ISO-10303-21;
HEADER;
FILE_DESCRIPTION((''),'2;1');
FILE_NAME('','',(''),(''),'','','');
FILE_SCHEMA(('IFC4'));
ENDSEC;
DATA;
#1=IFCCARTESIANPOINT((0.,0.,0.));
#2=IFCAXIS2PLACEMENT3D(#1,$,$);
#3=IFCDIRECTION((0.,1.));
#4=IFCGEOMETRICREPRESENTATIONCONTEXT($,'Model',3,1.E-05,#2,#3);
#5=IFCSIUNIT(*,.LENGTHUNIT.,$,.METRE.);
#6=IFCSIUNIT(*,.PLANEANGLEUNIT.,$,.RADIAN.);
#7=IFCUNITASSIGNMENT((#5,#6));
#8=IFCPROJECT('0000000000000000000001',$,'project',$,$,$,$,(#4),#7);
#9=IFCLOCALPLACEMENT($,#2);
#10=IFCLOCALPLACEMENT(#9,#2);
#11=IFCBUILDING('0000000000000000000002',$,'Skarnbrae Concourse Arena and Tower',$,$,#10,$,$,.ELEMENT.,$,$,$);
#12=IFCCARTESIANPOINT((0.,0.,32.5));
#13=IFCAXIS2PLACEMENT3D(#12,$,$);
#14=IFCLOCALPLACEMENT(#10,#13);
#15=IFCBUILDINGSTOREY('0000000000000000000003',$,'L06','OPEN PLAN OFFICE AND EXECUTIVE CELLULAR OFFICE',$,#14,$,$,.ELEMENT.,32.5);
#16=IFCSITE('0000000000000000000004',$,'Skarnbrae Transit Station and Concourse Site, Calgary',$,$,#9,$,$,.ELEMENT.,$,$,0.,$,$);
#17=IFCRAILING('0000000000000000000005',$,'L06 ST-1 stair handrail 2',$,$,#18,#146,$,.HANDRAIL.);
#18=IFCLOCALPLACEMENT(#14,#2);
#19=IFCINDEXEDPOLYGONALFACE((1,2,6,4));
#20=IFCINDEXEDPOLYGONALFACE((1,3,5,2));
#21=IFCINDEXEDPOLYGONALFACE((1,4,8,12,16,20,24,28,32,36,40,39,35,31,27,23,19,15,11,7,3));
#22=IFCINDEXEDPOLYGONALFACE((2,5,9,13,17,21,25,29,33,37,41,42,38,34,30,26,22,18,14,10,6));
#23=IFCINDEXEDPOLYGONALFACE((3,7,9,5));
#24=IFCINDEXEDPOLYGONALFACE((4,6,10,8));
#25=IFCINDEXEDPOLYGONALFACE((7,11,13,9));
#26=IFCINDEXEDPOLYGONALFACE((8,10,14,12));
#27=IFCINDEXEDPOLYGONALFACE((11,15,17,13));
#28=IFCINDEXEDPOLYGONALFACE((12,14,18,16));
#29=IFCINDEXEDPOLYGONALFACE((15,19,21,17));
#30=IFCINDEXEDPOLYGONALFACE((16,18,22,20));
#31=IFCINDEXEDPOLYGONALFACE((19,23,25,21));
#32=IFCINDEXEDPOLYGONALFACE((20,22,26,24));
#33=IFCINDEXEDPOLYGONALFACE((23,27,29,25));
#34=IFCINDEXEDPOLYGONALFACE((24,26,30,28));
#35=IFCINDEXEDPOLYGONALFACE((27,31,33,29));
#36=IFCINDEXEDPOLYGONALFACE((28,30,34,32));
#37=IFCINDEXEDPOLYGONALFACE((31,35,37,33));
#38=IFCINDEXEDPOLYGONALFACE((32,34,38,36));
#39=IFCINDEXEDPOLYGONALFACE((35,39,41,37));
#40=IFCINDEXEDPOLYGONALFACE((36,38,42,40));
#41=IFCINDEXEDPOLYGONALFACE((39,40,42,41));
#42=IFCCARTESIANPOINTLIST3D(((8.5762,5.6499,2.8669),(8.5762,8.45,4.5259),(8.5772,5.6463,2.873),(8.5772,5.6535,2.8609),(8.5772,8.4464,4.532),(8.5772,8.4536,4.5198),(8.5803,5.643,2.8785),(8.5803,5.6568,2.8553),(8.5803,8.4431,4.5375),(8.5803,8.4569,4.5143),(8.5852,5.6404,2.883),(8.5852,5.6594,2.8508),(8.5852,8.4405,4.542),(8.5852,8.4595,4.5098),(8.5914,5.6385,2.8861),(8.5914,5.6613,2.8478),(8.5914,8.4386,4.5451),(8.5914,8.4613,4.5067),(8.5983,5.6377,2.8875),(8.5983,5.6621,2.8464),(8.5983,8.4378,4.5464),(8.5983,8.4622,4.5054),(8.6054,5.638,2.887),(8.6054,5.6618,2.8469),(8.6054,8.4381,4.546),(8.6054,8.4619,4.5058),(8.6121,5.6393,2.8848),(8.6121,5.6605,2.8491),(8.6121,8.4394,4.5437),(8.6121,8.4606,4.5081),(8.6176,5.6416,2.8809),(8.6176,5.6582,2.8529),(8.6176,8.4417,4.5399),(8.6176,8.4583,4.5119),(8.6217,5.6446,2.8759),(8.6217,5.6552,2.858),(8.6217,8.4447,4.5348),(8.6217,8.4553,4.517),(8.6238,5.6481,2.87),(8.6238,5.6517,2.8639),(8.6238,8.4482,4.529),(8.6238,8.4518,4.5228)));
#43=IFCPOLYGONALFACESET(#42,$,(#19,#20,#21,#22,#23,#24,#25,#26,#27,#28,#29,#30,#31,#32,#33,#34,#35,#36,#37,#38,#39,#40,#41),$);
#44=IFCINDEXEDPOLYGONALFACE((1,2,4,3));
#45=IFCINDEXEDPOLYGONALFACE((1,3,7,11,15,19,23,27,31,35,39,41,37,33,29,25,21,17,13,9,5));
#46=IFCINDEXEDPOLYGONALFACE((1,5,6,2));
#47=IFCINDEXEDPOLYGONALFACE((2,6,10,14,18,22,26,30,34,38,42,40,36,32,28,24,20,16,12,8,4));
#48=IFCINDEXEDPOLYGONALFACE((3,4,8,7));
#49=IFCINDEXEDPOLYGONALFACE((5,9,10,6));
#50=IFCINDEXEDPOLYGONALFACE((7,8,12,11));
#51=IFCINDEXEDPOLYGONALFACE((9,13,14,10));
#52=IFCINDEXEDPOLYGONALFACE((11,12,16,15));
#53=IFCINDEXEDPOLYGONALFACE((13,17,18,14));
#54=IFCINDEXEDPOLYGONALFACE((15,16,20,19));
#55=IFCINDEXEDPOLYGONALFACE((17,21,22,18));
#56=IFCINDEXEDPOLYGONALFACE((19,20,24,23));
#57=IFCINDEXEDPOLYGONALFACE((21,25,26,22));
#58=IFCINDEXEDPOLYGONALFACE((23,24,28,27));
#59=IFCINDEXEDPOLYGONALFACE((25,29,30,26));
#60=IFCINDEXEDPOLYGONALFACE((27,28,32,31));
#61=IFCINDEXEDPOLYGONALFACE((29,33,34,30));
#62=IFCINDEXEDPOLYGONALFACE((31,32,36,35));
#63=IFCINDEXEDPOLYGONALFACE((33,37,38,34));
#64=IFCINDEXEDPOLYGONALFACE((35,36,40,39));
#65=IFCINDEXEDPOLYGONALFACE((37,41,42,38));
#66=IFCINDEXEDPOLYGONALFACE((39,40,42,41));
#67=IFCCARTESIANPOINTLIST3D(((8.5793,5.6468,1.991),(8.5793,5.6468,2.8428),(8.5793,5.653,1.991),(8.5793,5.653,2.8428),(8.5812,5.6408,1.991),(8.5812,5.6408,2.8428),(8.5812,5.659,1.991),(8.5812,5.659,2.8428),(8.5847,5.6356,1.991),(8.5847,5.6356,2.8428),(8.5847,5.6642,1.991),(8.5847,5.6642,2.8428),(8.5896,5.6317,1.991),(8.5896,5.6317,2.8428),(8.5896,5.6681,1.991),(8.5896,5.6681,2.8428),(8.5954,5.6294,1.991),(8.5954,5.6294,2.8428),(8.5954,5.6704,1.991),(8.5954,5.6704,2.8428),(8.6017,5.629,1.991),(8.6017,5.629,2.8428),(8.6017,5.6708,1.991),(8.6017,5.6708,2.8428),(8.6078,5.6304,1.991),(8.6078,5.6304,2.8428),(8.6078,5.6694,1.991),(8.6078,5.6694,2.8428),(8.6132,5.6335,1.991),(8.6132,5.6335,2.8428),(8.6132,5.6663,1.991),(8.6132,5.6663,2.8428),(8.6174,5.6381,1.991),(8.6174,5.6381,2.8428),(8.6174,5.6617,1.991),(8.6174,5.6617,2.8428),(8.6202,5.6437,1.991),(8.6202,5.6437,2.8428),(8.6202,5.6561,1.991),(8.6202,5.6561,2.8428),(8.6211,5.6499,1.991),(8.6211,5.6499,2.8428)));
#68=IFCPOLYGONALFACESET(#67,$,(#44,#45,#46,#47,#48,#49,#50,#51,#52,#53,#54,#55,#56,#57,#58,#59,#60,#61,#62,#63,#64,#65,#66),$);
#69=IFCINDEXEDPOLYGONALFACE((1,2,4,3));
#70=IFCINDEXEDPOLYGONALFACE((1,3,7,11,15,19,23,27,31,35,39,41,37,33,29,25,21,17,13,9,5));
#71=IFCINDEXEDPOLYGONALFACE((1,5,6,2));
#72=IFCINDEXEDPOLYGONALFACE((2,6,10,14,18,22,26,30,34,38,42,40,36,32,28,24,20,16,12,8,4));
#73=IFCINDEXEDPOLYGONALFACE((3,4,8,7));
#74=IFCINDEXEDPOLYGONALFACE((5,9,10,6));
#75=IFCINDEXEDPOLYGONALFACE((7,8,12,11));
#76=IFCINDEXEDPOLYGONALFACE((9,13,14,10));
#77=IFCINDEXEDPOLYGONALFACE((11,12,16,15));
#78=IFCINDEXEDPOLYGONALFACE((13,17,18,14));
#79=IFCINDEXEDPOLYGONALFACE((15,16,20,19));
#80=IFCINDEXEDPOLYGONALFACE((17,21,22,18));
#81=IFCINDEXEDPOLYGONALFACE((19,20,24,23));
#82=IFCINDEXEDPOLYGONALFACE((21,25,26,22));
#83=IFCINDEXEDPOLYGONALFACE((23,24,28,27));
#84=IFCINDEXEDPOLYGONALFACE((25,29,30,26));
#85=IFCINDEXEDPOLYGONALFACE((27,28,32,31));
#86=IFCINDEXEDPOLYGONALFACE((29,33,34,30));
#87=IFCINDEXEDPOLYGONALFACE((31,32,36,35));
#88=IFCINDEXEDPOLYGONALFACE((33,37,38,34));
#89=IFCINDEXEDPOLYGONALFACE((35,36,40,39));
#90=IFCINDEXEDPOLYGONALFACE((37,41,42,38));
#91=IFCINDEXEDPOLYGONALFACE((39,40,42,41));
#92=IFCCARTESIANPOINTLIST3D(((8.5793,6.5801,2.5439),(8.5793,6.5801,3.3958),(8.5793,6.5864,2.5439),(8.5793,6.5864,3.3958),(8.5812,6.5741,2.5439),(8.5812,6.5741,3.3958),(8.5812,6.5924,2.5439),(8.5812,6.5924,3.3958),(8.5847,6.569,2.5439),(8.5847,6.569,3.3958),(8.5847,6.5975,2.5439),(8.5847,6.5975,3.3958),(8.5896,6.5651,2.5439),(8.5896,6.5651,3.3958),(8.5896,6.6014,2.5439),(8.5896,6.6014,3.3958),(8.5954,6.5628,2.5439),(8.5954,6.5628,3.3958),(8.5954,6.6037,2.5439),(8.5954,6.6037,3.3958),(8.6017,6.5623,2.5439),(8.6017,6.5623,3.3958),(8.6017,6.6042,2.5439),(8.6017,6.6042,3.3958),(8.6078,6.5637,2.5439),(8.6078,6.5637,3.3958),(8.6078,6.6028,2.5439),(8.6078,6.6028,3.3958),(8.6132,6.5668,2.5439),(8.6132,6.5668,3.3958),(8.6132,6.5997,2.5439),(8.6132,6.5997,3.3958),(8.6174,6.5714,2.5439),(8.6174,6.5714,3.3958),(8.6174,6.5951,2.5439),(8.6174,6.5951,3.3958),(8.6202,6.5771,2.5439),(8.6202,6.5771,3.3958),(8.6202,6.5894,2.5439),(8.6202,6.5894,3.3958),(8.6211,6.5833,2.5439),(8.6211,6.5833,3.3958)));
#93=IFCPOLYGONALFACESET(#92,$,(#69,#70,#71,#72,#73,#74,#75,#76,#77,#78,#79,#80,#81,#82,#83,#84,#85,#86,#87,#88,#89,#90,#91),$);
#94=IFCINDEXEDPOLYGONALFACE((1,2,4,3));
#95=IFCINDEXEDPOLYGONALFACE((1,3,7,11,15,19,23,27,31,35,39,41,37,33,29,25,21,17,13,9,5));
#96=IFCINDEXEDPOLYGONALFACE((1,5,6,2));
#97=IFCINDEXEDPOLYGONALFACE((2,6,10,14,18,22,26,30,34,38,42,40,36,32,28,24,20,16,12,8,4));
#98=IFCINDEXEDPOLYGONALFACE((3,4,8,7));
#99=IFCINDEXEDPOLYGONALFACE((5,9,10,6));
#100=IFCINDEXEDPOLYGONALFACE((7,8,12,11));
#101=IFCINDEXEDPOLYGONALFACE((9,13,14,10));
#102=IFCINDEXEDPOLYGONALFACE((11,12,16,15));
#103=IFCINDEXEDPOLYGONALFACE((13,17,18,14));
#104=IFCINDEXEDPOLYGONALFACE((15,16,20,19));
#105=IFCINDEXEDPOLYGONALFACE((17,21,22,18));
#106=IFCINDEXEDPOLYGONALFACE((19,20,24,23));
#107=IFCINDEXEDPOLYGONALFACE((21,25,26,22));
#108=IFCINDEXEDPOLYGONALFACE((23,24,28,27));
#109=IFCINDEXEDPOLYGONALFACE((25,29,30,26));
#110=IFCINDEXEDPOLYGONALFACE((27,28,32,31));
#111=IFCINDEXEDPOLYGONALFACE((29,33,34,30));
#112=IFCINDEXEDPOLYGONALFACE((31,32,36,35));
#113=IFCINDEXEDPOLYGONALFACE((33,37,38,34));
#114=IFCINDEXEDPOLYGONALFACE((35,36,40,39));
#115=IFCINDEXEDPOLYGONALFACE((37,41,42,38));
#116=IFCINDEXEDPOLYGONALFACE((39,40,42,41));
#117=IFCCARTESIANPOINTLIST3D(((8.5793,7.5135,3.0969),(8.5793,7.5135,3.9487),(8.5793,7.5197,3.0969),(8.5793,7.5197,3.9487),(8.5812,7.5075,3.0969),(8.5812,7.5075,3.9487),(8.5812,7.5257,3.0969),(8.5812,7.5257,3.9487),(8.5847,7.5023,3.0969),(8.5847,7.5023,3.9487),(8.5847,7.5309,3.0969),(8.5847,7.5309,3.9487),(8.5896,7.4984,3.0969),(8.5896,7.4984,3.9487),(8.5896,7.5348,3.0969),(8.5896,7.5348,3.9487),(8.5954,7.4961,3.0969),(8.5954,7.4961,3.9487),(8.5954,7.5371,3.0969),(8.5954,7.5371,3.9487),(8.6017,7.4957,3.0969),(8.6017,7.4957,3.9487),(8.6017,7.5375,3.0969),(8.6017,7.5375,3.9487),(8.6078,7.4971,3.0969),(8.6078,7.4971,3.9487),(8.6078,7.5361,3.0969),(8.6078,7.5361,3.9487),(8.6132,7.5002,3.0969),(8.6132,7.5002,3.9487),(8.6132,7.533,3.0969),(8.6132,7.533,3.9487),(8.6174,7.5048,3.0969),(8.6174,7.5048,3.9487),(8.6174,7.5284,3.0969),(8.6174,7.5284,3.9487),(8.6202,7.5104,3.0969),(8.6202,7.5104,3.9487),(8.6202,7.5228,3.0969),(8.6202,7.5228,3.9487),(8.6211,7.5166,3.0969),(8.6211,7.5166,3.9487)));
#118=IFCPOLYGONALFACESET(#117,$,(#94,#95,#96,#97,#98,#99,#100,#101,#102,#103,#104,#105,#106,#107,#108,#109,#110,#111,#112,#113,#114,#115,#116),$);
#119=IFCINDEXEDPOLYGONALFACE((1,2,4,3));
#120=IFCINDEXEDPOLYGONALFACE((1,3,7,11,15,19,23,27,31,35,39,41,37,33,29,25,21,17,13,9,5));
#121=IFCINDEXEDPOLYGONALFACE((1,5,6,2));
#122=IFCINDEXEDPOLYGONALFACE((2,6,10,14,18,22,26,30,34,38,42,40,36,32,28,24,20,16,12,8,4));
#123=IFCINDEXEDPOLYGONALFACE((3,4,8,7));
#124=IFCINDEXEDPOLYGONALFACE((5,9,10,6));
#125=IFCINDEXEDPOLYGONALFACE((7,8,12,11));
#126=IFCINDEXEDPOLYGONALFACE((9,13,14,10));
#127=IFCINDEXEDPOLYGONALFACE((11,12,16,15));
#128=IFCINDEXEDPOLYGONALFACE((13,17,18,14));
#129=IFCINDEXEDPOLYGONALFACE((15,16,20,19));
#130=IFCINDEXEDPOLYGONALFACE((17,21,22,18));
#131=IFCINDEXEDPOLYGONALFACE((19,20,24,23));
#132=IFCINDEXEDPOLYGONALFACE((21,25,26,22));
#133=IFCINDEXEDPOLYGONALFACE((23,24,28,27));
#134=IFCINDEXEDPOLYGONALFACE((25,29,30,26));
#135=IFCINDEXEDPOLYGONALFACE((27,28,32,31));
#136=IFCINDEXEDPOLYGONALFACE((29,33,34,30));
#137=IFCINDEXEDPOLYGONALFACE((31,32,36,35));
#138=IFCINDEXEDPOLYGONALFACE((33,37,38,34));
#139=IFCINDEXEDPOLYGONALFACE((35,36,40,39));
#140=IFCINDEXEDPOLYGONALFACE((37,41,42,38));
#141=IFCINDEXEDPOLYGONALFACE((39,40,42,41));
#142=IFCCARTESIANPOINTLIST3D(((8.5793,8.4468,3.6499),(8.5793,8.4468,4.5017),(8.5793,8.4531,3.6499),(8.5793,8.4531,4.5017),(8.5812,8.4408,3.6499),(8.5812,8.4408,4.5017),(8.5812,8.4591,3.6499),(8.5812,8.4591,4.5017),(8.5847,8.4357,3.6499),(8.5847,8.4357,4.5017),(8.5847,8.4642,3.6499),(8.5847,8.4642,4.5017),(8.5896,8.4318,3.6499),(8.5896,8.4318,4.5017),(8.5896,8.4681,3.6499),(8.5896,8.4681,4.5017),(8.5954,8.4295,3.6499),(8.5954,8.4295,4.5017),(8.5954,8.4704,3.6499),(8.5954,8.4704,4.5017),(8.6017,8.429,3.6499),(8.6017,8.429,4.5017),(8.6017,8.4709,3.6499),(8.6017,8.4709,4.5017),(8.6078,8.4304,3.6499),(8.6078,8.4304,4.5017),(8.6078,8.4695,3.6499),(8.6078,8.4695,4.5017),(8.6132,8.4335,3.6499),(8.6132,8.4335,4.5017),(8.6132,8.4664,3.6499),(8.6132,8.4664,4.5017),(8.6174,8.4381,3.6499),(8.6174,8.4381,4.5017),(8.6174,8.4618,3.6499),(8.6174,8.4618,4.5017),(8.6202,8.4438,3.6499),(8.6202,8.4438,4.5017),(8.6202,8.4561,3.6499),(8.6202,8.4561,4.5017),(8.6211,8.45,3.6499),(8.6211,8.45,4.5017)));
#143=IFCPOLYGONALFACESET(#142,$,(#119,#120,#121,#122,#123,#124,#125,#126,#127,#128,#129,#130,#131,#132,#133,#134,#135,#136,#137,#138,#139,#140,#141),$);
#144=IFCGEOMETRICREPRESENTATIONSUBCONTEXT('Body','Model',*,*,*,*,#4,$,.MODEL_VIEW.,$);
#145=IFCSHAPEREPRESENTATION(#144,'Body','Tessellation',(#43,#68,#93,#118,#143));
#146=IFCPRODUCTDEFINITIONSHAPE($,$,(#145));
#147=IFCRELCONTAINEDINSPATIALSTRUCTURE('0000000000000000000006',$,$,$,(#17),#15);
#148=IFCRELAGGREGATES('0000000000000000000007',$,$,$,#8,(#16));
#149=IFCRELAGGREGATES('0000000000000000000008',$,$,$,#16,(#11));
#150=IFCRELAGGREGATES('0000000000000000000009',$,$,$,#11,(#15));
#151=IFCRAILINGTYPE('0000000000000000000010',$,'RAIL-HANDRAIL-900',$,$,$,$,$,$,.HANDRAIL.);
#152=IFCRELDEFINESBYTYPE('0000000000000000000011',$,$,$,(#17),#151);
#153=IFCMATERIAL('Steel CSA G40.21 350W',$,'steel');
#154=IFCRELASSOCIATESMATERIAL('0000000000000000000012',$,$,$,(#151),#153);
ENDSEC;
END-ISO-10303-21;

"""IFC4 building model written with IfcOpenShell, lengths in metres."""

from ifc_helpers import new_model, si_unit, direction, frame, origin, origin_2d, place, context, subcontext, project, spatial, circle, extrude, material, type_object, element, save


model = new_model("IFC4")

# Units and contexts
model_context = context("Model", 3, precision=1e-05, world=origin(), true_north=direction((0.0, 1.0)))
body_context = subcontext(model_context, "Body", "Model", "MODEL_VIEW")
ifc_project = project(units=[si_unit("LENGTHUNIT", "METRE"), si_unit("PLANEANGLEUNIT", "RADIAN")], contexts=[model_context])

# Site, building, storey
site_placement = place(None, origin())
site = spatial("IfcSite", under=ifc_project, at=site_placement, Name="Skarnbrae Transit Station and Concourse Site, Calgary", CompositionType="ELEMENT", RefElevation=0.0)
building_placement = place(site_placement, origin())
building = spatial("IfcBuilding", under=site, at=building_placement, Name="Skarnbrae Concourse Arena and Tower", CompositionType="ELEMENT")
storey_placement = place(building_placement, frame((0.0, 0.0, 32.5)))
storey = spatial("IfcBuildingStorey", under=building, at=storey_placement, Name="L06", Description="OPEN PLAN OFFICE AND EXECUTIVE CELLULAR OFFICE", CompositionType="ELEMENT", Elevation=32.5)

# Shared definitions
ifc_material_1 = material(Name="Steel CSA G40.21 350W", Category="steel")

# Railing
railing_type_1 = type_object("IfcRailingType", Name="RAIL-HANDRAIL-900", PredefinedType="HANDRAIL", material=ifc_material_1)
railing_1_placement = place(storey_placement, frame((8.6001, 5.6499, 1.991)))
element("IfcRailing", 1, at=railing_1_placement, inside=storey, type_object=railing_type_1, Name="L06 ST-1 stair handrail 2", PredefinedType="HANDRAIL", context=body_context, shape_type="SweptSolid", body=[
    extrude(circle(Radius=0.0239, at=origin_2d()), frame((0.0, 0.0, 0.876), z_axis=(0.0, 0.860339, 0.509722), x_axis=(-1.0, 0.0, 0.0)), (0.0, 0.0, 1.0), 3.2546),
    extrude(circle(Radius=0.021, at=origin_2d()), origin(), (0.0, 0.0, 1.0), 0.8518),
    extrude(circle(Radius=0.021, at=origin_2d()), frame((0.0, 0.9333, 0.553)), (0.0, 0.0, 1.0), 0.8518),
    extrude(circle(Radius=0.021, at=origin_2d()), frame((0.0, 1.8667, 1.106)), (0.0, 0.0, 1.0), 0.8518),
    extrude(circle(Radius=0.021, at=origin_2d()), frame((0.0, 2.8, 1.6589)), (0.0, 0.0, 1.0), 0.8518),
])

save(model, "model.ifc")
